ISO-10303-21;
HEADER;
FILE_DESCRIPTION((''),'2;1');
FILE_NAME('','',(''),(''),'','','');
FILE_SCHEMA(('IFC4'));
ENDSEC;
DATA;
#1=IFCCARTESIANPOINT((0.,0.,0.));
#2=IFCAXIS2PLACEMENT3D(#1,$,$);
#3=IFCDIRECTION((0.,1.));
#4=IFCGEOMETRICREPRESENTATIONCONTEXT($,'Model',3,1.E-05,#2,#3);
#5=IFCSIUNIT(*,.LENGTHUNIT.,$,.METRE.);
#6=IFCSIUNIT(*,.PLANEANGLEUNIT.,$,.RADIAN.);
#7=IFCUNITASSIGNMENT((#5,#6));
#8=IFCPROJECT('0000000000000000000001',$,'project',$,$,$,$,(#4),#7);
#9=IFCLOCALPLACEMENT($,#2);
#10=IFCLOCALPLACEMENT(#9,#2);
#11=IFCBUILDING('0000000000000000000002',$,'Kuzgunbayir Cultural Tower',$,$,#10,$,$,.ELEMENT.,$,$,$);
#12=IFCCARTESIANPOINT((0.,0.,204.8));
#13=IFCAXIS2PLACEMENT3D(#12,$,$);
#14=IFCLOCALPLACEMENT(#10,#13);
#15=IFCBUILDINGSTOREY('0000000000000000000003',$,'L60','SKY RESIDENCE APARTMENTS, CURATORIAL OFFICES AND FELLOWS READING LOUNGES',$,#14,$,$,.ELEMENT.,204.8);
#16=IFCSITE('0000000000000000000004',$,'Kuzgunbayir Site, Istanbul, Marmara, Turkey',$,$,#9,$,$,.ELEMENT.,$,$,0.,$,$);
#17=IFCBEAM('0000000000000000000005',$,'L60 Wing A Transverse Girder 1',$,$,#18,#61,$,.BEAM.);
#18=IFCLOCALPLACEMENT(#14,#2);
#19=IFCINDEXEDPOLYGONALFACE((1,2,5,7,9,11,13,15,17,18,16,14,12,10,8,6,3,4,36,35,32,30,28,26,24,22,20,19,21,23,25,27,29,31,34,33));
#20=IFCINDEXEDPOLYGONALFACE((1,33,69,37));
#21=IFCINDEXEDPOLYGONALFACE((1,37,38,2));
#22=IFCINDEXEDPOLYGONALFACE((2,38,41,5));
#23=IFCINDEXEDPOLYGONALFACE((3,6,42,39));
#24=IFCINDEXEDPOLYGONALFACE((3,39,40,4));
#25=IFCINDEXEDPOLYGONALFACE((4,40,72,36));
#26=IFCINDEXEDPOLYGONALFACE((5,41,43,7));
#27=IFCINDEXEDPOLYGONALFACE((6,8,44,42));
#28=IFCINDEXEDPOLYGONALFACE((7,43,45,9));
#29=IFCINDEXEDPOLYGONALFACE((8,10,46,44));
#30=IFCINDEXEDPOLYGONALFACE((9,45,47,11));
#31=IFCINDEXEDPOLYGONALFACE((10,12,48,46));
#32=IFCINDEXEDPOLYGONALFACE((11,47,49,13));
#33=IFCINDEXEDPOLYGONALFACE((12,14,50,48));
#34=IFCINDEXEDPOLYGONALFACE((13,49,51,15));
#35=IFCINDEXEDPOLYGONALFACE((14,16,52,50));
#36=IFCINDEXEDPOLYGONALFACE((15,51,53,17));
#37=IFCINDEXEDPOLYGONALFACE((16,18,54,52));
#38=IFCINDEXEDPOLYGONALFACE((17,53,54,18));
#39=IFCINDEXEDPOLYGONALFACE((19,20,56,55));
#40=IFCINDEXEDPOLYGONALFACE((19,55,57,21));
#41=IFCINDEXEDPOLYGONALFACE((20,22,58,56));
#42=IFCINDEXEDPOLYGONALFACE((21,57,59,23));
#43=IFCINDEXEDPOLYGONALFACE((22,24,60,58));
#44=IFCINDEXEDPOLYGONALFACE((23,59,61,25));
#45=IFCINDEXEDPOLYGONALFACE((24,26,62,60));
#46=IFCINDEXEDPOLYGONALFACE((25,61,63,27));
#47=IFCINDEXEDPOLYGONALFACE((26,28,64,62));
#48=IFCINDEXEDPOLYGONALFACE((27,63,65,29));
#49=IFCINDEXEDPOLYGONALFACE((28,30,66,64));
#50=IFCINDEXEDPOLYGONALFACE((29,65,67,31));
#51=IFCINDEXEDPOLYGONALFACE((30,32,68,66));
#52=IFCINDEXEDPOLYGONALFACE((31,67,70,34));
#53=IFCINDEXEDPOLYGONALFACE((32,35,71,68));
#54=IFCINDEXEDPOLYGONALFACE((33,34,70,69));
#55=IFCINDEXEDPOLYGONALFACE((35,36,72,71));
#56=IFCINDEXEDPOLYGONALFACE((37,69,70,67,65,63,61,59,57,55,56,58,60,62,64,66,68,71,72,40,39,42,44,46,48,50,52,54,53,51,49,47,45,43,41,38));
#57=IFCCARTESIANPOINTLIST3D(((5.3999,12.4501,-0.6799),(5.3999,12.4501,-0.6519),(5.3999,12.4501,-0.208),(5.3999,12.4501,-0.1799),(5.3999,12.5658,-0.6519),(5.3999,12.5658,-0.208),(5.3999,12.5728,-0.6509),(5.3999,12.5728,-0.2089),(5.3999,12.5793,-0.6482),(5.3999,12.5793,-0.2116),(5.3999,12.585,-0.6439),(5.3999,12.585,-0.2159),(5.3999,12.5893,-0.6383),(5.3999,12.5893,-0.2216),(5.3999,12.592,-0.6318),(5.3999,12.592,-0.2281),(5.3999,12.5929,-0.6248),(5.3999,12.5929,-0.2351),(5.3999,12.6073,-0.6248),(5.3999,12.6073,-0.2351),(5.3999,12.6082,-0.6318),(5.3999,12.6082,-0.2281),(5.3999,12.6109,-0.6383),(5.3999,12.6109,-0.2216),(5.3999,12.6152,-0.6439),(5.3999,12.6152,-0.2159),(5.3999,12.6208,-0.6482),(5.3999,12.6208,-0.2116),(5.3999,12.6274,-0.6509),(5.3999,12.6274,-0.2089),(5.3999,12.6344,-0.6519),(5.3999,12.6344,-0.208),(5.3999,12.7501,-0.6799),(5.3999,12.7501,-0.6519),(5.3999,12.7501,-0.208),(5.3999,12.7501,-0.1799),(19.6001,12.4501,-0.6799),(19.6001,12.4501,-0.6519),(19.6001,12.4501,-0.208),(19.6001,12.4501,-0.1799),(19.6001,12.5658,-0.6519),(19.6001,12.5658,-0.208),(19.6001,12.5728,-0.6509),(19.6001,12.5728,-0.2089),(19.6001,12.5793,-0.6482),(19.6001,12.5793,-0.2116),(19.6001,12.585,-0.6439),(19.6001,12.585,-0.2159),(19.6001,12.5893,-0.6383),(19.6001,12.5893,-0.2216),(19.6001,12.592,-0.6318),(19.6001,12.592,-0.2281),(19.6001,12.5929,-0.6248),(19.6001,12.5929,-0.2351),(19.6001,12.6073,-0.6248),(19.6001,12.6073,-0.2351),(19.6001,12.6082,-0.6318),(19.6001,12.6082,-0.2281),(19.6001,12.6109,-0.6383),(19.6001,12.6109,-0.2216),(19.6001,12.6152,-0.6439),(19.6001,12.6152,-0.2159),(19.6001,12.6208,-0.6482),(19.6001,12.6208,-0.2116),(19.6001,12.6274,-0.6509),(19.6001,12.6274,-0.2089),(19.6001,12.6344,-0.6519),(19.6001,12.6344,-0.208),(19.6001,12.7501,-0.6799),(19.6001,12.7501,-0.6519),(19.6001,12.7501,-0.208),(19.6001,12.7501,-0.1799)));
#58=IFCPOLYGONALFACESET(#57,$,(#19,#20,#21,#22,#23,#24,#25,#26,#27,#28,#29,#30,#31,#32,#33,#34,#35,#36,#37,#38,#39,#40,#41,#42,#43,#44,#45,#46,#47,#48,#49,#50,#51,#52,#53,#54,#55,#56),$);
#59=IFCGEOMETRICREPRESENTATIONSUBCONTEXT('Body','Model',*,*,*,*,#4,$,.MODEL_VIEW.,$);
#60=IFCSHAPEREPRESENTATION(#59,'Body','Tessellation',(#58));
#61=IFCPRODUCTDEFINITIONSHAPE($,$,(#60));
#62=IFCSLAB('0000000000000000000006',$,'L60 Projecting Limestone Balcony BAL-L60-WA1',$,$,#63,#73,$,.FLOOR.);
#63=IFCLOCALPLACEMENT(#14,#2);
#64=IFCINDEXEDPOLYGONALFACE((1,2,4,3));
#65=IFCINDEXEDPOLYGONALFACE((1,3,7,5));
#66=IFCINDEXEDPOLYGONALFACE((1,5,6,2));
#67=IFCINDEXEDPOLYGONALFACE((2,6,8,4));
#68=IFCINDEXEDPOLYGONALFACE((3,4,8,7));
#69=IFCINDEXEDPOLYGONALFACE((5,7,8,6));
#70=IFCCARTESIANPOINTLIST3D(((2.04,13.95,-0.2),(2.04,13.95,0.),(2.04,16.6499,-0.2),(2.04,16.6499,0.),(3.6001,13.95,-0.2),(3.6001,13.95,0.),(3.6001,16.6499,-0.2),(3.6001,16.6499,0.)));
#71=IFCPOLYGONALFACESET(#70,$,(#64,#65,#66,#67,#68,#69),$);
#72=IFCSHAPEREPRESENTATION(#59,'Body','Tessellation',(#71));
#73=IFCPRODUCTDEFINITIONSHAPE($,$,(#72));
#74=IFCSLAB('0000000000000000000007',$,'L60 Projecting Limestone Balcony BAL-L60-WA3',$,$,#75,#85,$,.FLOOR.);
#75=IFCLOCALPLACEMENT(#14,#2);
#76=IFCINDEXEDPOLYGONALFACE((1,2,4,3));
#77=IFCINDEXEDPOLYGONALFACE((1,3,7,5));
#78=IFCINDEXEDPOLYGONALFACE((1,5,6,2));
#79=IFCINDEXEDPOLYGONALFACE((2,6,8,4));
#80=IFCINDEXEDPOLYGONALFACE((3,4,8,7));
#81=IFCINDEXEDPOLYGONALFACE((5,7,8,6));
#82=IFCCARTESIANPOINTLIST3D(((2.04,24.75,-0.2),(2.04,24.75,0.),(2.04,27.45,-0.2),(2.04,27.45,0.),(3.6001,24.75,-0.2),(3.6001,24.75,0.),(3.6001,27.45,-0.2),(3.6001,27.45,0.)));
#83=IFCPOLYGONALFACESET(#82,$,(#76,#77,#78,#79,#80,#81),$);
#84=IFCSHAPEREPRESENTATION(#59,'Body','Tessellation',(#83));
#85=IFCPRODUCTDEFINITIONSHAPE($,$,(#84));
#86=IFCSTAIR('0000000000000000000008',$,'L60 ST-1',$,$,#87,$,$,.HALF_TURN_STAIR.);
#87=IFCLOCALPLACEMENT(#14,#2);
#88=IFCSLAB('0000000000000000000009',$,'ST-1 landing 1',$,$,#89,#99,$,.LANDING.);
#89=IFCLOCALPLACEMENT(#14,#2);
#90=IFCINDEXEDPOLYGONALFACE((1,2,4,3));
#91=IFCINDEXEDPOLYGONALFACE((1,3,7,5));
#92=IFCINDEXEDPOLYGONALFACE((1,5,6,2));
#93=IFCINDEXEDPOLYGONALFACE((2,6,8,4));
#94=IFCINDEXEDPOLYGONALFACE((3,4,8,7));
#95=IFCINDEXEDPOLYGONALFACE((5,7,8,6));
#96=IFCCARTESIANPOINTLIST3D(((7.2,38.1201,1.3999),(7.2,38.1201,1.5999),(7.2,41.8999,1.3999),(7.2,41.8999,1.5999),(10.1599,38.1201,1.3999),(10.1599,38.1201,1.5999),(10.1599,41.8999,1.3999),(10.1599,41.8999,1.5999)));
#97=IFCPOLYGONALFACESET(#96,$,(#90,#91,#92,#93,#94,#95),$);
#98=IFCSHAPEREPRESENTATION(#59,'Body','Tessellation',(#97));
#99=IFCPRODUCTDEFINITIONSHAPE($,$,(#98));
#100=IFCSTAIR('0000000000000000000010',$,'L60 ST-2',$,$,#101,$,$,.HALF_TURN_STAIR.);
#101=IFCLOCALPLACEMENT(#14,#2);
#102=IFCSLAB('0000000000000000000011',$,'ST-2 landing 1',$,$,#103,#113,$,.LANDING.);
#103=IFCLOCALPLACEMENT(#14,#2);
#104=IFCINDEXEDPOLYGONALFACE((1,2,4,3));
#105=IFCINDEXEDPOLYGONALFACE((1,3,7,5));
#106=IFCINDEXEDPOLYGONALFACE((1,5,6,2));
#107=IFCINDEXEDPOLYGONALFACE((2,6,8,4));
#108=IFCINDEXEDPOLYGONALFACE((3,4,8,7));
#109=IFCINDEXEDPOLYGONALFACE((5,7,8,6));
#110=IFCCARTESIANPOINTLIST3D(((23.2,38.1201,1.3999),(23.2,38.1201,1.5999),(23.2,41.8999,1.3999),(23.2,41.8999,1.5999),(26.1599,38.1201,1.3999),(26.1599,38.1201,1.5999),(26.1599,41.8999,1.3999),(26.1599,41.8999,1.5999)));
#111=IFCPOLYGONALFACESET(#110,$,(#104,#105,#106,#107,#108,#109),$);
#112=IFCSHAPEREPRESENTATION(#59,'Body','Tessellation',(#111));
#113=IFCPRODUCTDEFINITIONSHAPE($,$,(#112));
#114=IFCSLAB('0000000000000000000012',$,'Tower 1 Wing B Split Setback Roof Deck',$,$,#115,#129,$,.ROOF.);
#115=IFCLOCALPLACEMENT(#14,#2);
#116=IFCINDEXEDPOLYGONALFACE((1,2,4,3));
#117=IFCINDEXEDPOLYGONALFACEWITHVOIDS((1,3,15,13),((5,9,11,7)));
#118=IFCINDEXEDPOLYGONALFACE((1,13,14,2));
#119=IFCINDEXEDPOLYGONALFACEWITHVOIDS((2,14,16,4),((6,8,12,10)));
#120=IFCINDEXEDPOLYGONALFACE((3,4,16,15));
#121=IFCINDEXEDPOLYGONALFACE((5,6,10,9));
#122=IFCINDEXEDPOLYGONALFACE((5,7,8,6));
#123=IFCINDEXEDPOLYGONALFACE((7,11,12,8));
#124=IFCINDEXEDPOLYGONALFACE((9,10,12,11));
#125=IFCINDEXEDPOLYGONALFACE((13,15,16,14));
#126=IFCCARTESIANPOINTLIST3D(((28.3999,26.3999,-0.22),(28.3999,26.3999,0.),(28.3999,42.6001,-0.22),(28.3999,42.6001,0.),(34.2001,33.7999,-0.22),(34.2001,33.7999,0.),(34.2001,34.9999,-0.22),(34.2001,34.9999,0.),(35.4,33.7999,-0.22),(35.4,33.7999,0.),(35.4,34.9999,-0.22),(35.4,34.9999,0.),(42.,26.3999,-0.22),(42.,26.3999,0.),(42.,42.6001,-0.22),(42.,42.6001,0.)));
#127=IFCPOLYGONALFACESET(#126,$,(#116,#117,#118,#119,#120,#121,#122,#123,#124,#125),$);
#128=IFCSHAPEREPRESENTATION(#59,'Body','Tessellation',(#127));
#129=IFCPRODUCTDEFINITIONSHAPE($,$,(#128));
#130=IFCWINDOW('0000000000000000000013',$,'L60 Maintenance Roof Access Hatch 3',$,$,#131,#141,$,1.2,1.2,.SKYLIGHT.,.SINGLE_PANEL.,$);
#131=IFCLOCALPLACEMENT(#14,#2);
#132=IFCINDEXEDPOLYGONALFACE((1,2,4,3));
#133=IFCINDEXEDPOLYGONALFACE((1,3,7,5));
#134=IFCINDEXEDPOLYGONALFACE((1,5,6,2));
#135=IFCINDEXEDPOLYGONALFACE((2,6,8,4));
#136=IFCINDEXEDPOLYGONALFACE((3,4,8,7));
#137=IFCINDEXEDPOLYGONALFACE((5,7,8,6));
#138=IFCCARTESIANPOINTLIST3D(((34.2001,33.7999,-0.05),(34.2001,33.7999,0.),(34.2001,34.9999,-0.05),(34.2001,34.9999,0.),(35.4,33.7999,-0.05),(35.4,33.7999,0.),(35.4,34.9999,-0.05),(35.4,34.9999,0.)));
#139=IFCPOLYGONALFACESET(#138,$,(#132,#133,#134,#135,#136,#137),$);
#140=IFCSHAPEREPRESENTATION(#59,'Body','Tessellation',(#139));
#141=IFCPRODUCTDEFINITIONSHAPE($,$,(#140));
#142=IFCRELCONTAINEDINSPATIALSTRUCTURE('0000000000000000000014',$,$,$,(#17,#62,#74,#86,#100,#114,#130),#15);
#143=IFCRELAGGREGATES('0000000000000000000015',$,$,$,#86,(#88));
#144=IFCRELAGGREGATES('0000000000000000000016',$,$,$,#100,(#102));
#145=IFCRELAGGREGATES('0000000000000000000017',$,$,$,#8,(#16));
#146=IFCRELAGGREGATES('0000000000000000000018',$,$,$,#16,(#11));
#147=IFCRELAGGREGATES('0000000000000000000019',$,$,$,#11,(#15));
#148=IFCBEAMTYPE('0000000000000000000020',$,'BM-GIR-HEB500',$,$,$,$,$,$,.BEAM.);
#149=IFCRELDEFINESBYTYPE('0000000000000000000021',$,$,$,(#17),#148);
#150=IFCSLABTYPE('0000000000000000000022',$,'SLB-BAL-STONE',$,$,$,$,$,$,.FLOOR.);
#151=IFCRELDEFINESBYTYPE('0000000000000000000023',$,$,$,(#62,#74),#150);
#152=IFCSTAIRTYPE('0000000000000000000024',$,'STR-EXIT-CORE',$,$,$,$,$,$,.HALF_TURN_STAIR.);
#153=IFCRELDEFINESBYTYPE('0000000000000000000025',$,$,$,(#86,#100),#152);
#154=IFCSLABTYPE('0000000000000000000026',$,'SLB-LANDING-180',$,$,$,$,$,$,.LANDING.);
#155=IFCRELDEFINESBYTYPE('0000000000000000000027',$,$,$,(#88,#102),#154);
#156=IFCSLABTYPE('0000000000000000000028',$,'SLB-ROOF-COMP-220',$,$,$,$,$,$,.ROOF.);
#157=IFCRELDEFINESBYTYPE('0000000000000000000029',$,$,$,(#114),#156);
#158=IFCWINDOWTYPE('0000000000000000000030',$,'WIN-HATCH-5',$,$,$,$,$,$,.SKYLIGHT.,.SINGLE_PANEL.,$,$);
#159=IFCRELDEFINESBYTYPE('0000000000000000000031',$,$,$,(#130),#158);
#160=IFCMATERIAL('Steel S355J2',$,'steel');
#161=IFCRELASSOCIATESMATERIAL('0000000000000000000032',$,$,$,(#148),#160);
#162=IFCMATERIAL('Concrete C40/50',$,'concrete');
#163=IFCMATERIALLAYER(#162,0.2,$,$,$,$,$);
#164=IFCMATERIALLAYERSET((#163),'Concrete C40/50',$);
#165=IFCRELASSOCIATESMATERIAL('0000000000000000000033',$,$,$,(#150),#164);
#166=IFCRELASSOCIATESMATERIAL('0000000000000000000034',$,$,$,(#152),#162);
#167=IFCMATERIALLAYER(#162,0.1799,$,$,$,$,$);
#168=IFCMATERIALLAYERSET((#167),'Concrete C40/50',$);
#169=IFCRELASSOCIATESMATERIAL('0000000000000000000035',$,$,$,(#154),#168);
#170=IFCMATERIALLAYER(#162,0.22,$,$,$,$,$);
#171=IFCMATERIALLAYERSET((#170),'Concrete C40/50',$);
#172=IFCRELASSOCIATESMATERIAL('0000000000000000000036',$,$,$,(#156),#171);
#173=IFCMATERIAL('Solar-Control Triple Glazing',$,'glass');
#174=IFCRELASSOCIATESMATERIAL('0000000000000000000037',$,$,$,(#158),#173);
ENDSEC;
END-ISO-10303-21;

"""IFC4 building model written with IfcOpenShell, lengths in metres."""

from ifc_helpers import new_model, si_unit, direction, frame, origin, origin_2d, place, context, subcontext, project, spatial, polyline, rectangle, i_section, outline, extrude, material, layer, layer_set, material_profile, profile_set, type_object, element, fill, aggregate, save


model = new_model("IFC4")

# Units and contexts
model_context = context("Model", 3, precision=1e-05, world=origin(), true_north=direction((0.0, 1.0)))
body_context = subcontext(model_context, "Body", "Model", "MODEL_VIEW")
ifc_project = project(units=[si_unit("LENGTHUNIT", "METRE"), si_unit("PLANEANGLEUNIT", "RADIAN")], contexts=[model_context])

# Site, building, storey
site_placement = place(None, origin())
site = spatial("IfcSite", under=ifc_project, at=site_placement, Name="Kuzgunbayir Site, Istanbul, Marmara, Turkey", CompositionType="ELEMENT", RefElevation=0.0)
building_placement = place(site_placement, origin())
building = spatial("IfcBuilding", under=site, at=building_placement, Name="Kuzgunbayir Cultural Tower", CompositionType="ELEMENT")
storey_placement = place(building_placement, frame((0.0, 0.0, 204.8)))
storey = spatial("IfcBuildingStorey", under=building, at=storey_placement, Name="L60", Description="SKY RESIDENCE APARTMENTS, CURATORIAL OFFICES AND FELLOWS READING LOUNGES", CompositionType="ELEMENT", Elevation=204.8)

# Beam
ifc_material_1 = material(Name="Steel S355J2", Category="steel")
ifc_material_profile_1 = material_profile(ifc_material_1, i_section(OverallWidth=0.3, OverallDepth=0.5, WebThickness=0.0144, FlangeThickness=0.0281, FilletRadius=0.0271, at=origin_2d()), Name="HEB 500")
ifc_profile_set_1 = profile_set([ifc_material_profile_1], Name="Steel S355J2")
beam_type_1 = type_object("IfcBeamType", Name="BM-GIR-HEB500", PredefinedType="BEAM", material=ifc_profile_set_1)
beam_1_placement = place(storey_placement, frame((5.3999, 12.6001, -0.4299), z_axis=(1.0, 0.0, 0.0), x_axis=(0.0, 1.0, 0.0)))
element("IfcBeam", 1, at=beam_1_placement, inside=storey, type_object=beam_type_1, Name="L60 Wing A Transverse Girder 1", PredefinedType="BEAM", context=body_context, shape_type="SweptSolid", body=[
    extrude(i_section(OverallWidth=0.3, OverallDepth=0.5, WebThickness=0.0144, FlangeThickness=0.0281, FilletRadius=0.0271, at=origin_2d()), origin(), (0.0, 0.0, 1.0), 14.2002),
])

# Slabs
ifc_material_2 = material(Name="Concrete C40/50", Category="concrete")
ifc_layer_1 = layer(ifc_material_2, 0.2)
ifc_layer_set_1 = layer_set([ifc_layer_1], Name="Concrete C40/50")
slab_type_1 = type_object("IfcSlabType", Name="SLB-BAL-STONE", PredefinedType="FLOOR", material=ifc_layer_set_1)
slab_1_placement = place(storey_placement, frame((0.0, 0.0, -0.2)))
element("IfcSlab", 2, at=slab_1_placement, inside=storey, type_object=slab_type_1, Name="L60 Projecting Limestone Balcony BAL-L60-WA1", PredefinedType="FLOOR", context=body_context, shape_type="SweptSolid", body=[
    extrude(outline(polyline([(2.04, 13.95), (3.6001, 13.95), (3.6001, 16.6499), (2.04, 16.6499), (2.04, 13.95)])), origin(), (0.0, 0.0, 1.0), 0.2),
])
slab_2_placement = place(storey_placement, frame((0.0, 0.0, -0.2)))
element("IfcSlab", 3, at=slab_2_placement, inside=storey, type_object=slab_type_1, Name="L60 Projecting Limestone Balcony BAL-L60-WA3", PredefinedType="FLOOR", context=body_context, shape_type="SweptSolid", body=[
    extrude(outline(polyline([(2.04, 24.75), (3.6001, 24.75), (3.6001, 27.45), (2.04, 27.45), (2.04, 24.75)])), origin(), (0.0, 0.0, 1.0), 0.2),
])

# Stairs, slabs
stair_type = type_object("IfcStairType", Name="STR-EXIT-CORE", PredefinedType="HALF_TURN_STAIR", material=ifc_material_2)
stair_1_placement = place(storey_placement, origin())
stair_1 = element("IfcStair", 4, at=stair_1_placement, inside=storey, type_object=stair_type, Name="L60 ST-1", PredefinedType="HALF_TURN_STAIR")
ifc_layer_2 = layer(ifc_material_2, 0.1799)
ifc_layer_set_2 = layer_set([ifc_layer_2], Name="Concrete C40/50")
slab_type_2 = type_object("IfcSlabType", Name="SLB-LANDING-180", PredefinedType="LANDING", material=ifc_layer_set_2)
slab_3_placement = place(storey_placement, frame((0.0, 0.0, 1.3999)))
slab_3 = element("IfcSlab", 5, at=slab_3_placement, type_object=slab_type_2, Name="ST-1 landing 1", PredefinedType="LANDING", context=body_context, shape_type="SweptSolid", body=[
    extrude(outline(polyline([(10.1599, 38.1201), (10.1599, 41.8999), (7.2, 41.8999), (7.2, 38.1201), (10.1599, 38.1201)])), origin(), (0.0, 0.0, 1.0), 0.2),
])
aggregate(stair_1, [slab_3])
stair_2_placement = place(storey_placement, origin())
stair_2 = element("IfcStair", 6, at=stair_2_placement, inside=storey, type_object=stair_type, Name="L60 ST-2", PredefinedType="HALF_TURN_STAIR")
slab_4_placement = place(storey_placement, frame((0.0, 0.0, 1.3999)))
slab_4 = element("IfcSlab", 7, at=slab_4_placement, type_object=slab_type_2, Name="ST-2 landing 1", PredefinedType="LANDING", context=body_context, shape_type="SweptSolid", body=[
    extrude(outline(polyline([(26.1599, 38.1201), (26.1599, 41.8999), (23.2, 41.8999), (23.2, 38.1201), (26.1599, 38.1201)])), origin(), (0.0, 0.0, 1.0), 0.2),
])
aggregate(stair_2, [slab_4])

# Slab, opening, window
ifc_layer_3 = layer(ifc_material_2, 0.22)
ifc_layer_set_3 = layer_set([ifc_layer_3], Name="Concrete C40/50")
slab_type_3 = type_object("IfcSlabType", Name="SLB-ROOF-COMP-220", PredefinedType="ROOF", material=ifc_layer_set_3)
slab_5_placement = place(storey_placement, frame((0.0, 0.0, -0.22)))
slab_5 = element("IfcSlab", 8, at=slab_5_placement, inside=storey, type_object=slab_type_3, Name="Tower 1 Wing B Split Setback Roof Deck", PredefinedType="ROOF", context=body_context, shape_type="SweptSolid", body=[
    extrude(outline(polyline([(28.3999, 26.3999), (42.0, 26.3999), (42.0, 42.6001), (28.3999, 42.6001), (28.3999, 26.3999)])), origin(), (0.0, 0.0, 1.0), 0.22),
])
opening_1_placement = place(slab_5_placement, frame((34.8, 34.3999, 0.0)))
opening_1 = element("IfcOpeningElement", 9, at=opening_1_placement, cuts=slab_5, PredefinedType="OPENING", context=body_context, shape_type="SweptSolid", body=[
    extrude(rectangle(XDim=1.2, YDim=1.2, at=origin_2d()), origin(), (0.0, 0.0, 1.0), 0.22),
])
ifc_material_3 = material(Name="Solar-Control Triple Glazing", Category="glass")
window_type_1 = type_object("IfcWindowType", Name="WIN-HATCH-5", PartitioningType="SINGLE_PANEL", PredefinedType="SKYLIGHT", material=ifc_material_3)
window_1_placement = place(opening_1_placement, frame((0.0, 0.0, 0.1699)))
window_1 = element("IfcWindow", 10, at=window_1_placement, inside=storey, type_object=window_type_1, Name="L60 Maintenance Roof Access Hatch 3", OverallHeight=1.2, OverallWidth=1.2, PartitioningType="SINGLE_PANEL", PredefinedType="SKYLIGHT", context=body_context, shape_type="SweptSolid", body=[
    extrude(rectangle(XDim=1.2, YDim=1.2, at=origin_2d()), origin(), (0.0, 0.0, 1.0), 0.05),
])
fill(opening_1, window_1)

save(model, "model.ifc")
